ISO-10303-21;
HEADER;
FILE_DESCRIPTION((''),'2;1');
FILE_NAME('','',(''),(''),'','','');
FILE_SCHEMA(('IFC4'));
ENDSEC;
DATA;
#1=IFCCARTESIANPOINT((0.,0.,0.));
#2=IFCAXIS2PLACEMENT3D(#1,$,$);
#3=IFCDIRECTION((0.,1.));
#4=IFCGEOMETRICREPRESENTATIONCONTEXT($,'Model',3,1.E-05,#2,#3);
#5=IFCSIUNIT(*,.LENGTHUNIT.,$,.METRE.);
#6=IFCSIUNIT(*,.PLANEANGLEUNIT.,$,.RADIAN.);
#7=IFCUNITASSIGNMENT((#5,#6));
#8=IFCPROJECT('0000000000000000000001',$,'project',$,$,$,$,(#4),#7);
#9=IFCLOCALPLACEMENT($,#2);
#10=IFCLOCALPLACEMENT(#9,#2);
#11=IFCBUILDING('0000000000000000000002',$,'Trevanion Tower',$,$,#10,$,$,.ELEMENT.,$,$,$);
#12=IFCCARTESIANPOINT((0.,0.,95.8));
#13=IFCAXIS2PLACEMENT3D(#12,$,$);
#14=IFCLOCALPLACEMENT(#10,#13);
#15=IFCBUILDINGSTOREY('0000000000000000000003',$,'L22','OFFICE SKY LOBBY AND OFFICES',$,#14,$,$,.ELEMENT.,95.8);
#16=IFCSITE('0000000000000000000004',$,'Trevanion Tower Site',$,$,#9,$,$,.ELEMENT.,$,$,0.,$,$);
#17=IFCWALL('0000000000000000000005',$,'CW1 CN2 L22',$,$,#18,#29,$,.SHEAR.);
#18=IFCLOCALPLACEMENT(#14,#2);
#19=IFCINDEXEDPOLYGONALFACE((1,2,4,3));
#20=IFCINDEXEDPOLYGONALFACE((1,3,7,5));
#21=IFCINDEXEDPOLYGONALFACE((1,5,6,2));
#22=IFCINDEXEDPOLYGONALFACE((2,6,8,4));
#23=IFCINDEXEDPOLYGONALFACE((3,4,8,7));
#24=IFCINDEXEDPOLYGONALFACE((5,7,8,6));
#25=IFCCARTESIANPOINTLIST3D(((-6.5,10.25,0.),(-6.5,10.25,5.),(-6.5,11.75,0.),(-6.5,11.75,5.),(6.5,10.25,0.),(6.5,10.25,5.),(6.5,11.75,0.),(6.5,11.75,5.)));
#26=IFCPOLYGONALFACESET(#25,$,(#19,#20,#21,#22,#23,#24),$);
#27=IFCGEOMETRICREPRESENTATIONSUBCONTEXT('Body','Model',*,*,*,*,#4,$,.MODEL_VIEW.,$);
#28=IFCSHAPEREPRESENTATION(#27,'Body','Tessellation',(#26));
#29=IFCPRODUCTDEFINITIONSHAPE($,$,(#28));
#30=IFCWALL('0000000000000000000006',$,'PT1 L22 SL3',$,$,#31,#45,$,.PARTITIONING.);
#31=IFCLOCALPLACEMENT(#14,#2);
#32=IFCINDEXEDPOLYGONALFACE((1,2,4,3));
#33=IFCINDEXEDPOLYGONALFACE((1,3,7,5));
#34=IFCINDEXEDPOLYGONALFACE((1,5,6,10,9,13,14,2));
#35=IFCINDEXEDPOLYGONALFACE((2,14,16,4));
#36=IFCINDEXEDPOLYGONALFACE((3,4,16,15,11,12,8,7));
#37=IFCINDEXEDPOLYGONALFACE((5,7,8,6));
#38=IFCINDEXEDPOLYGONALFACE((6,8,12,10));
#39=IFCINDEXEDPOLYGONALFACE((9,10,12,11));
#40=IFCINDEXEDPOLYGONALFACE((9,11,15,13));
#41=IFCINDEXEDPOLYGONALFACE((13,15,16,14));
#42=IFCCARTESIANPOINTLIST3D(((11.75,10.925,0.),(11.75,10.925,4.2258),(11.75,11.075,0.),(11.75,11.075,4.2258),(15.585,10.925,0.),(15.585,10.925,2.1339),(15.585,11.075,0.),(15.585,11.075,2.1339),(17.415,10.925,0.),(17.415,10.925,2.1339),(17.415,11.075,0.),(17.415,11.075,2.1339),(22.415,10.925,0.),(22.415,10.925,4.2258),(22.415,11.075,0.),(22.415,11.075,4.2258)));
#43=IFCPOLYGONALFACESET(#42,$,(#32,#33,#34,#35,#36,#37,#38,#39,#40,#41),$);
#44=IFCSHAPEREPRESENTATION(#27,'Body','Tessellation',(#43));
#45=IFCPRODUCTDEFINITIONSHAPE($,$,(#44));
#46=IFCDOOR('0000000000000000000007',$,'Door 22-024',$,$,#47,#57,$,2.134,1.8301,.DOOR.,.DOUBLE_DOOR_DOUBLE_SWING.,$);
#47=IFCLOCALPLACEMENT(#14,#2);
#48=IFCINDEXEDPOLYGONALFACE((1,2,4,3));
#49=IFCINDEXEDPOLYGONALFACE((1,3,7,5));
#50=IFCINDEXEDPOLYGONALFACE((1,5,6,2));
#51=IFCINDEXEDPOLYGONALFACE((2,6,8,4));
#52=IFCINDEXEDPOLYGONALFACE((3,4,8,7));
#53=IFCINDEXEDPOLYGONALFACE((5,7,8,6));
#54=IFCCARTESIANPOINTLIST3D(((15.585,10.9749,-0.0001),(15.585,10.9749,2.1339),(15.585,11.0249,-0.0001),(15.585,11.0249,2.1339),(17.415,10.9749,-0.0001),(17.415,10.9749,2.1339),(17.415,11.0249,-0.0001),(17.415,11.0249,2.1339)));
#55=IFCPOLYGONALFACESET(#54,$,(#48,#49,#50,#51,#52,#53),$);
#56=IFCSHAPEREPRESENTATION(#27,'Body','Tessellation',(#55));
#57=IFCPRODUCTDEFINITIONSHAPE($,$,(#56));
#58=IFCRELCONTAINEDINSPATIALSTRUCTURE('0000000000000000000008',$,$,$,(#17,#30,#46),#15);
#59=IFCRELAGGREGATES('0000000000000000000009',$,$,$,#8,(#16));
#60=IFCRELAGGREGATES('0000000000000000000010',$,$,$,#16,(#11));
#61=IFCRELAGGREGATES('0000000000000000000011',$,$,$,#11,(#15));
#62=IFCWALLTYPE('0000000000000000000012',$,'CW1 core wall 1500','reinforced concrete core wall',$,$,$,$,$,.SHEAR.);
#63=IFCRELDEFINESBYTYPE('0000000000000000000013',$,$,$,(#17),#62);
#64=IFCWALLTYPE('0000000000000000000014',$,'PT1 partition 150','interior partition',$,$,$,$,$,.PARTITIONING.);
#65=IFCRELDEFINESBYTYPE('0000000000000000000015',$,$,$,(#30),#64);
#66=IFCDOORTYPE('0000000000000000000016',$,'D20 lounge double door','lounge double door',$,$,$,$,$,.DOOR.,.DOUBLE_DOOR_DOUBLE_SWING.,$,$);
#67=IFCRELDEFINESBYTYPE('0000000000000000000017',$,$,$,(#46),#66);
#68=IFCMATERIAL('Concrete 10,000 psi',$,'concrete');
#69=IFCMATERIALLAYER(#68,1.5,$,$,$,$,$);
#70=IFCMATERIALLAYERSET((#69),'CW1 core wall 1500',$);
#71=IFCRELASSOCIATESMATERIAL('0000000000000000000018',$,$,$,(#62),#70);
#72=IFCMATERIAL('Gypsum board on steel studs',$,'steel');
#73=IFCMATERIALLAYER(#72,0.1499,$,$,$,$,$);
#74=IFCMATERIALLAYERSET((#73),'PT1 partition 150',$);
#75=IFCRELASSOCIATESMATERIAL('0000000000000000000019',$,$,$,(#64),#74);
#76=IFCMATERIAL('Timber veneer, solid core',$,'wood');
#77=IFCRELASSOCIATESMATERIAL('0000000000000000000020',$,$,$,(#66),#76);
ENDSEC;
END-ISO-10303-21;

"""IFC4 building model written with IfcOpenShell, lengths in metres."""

from ifc_helpers import new_model, si_unit, direction, frame, frame_2d, origin, place, context, subcontext, project, spatial, rectangle, extrude, material, layer, layer_set, type_object, element, fill, save


model = new_model("IFC4")

# Units and contexts
model_context = context("Model", 3, precision=1e-05, world=origin(), true_north=direction((0.0, 1.0)))
body_context = subcontext(model_context, "Body", "Model", "MODEL_VIEW")
ifc_project = project(units=[si_unit("LENGTHUNIT", "METRE"), si_unit("PLANEANGLEUNIT", "RADIAN")], contexts=[model_context])

# Site, building, storey
site_placement = place(None, origin())
site = spatial("IfcSite", under=ifc_project, at=site_placement, Name="Trevanion Tower Site", CompositionType="ELEMENT", RefElevation=0.0)
building_placement = place(site_placement, origin())
building = spatial("IfcBuilding", under=site, at=building_placement, Name="Trevanion Tower", CompositionType="ELEMENT")
storey_placement = place(building_placement, frame((0.0, 0.0, 95.8)))
storey = spatial("IfcBuildingStorey", under=building, at=storey_placement, Name="L22", Description="OFFICE SKY LOBBY AND OFFICES", CompositionType="ELEMENT", Elevation=95.8)

# Wall
ifc_material_1 = material(Name="Concrete 10,000 psi", Category="concrete")
ifc_layer_1 = layer(ifc_material_1, 1.5)
ifc_layer_set_1 = layer_set([ifc_layer_1], Name="CW1 core wall 1500")
wall_type_1 = type_object("IfcWallType", Name="CW1 core wall 1500", Description="reinforced concrete core wall", PredefinedType="SHEAR", material=ifc_layer_set_1)
wall_1_placement = place(storey_placement, frame((6.5, 11.0, 0.0), z_axis=(0.0, 0.0, 1.0), x_axis=(-1.0, 0.0, 0.0)))
element("IfcWall", 1, at=wall_1_placement, inside=storey, type_object=wall_type_1, Name="CW1 CN2 L22", PredefinedType="SHEAR", context=body_context, shape_type="SweptSolid", body=[
    extrude(rectangle(XDim=13.0, YDim=1.5, at=frame_2d((6.5, 0.0))), origin(), (0.0, 0.0, 1.0), 5.0),
])

# Wall, opening, door
ifc_material_2 = material(Name="Gypsum board on steel studs", Category="steel")
ifc_layer_2 = layer(ifc_material_2, 0.1499)
ifc_layer_set_2 = layer_set([ifc_layer_2], Name="PT1 partition 150")
wall_type_2 = type_object("IfcWallType", Name="PT1 partition 150", Description="interior partition", PredefinedType="PARTITIONING", material=ifc_layer_set_2)
wall_2_placement = place(storey_placement, frame((11.75, 11.0, 0.0), z_axis=(0.0, 0.0, 1.0), x_axis=(1.0, 0.0, 0.0)))
wall_2 = element("IfcWall", 2, at=wall_2_placement, inside=storey, type_object=wall_type_2, Name="PT1 L22 SL3", PredefinedType="PARTITIONING", context=body_context, shape_type="SweptSolid", body=[
    extrude(rectangle(XDim=10.665, YDim=0.1499, at=frame_2d((5.3325, 0.0))), origin(), (0.0, 0.0, 1.0), 4.2258),
])
opening_placement = place(wall_2_placement, frame((3.835, 0.0, 0.0)))
opening = element("IfcOpeningElement", 3, at=opening_placement, cuts=wall_2, PredefinedType="OPENING", context=body_context, shape_type="SweptSolid", body=[
    extrude(rectangle(XDim=1.8301, YDim=2.134, at=frame_2d((0.915, 1.0669))), frame((0.0, 0.085, 0.0), z_axis=(0.0, -1.0, 0.0), x_axis=(1.0, 0.0, 0.0)), (0.0, 0.0, 1.0), 0.1699),
])
ifc_material_3 = material(Name="Timber veneer, solid core", Category="wood")
door_type = type_object("IfcDoorType", Name="D20 lounge double door", Description="lounge double door", OperationType="DOUBLE_DOOR_DOUBLE_SWING", PredefinedType="DOOR", material=ifc_material_3)
door_placement = place(opening_placement, origin())
door = element("IfcDoor", 4, at=door_placement, inside=storey, type_object=door_type, Name="Door 22-024", OperationType="DOUBLE_DOOR_DOUBLE_SWING", OverallHeight=2.134, OverallWidth=1.8301, PredefinedType="DOOR", context=body_context, shape_type="SweptSolid", body=[
    extrude(rectangle(XDim=1.8301, YDim=2.134, at=frame_2d((0.915, 1.0669))), frame((0.0, 0.0249, 0.0), z_axis=(0.0, -1.0, 0.0), x_axis=(1.0, 0.0, 0.0)), (0.0, 0.0, 1.0), 0.05),
])
fill(opening, door)

save(model, "model.ifc")
